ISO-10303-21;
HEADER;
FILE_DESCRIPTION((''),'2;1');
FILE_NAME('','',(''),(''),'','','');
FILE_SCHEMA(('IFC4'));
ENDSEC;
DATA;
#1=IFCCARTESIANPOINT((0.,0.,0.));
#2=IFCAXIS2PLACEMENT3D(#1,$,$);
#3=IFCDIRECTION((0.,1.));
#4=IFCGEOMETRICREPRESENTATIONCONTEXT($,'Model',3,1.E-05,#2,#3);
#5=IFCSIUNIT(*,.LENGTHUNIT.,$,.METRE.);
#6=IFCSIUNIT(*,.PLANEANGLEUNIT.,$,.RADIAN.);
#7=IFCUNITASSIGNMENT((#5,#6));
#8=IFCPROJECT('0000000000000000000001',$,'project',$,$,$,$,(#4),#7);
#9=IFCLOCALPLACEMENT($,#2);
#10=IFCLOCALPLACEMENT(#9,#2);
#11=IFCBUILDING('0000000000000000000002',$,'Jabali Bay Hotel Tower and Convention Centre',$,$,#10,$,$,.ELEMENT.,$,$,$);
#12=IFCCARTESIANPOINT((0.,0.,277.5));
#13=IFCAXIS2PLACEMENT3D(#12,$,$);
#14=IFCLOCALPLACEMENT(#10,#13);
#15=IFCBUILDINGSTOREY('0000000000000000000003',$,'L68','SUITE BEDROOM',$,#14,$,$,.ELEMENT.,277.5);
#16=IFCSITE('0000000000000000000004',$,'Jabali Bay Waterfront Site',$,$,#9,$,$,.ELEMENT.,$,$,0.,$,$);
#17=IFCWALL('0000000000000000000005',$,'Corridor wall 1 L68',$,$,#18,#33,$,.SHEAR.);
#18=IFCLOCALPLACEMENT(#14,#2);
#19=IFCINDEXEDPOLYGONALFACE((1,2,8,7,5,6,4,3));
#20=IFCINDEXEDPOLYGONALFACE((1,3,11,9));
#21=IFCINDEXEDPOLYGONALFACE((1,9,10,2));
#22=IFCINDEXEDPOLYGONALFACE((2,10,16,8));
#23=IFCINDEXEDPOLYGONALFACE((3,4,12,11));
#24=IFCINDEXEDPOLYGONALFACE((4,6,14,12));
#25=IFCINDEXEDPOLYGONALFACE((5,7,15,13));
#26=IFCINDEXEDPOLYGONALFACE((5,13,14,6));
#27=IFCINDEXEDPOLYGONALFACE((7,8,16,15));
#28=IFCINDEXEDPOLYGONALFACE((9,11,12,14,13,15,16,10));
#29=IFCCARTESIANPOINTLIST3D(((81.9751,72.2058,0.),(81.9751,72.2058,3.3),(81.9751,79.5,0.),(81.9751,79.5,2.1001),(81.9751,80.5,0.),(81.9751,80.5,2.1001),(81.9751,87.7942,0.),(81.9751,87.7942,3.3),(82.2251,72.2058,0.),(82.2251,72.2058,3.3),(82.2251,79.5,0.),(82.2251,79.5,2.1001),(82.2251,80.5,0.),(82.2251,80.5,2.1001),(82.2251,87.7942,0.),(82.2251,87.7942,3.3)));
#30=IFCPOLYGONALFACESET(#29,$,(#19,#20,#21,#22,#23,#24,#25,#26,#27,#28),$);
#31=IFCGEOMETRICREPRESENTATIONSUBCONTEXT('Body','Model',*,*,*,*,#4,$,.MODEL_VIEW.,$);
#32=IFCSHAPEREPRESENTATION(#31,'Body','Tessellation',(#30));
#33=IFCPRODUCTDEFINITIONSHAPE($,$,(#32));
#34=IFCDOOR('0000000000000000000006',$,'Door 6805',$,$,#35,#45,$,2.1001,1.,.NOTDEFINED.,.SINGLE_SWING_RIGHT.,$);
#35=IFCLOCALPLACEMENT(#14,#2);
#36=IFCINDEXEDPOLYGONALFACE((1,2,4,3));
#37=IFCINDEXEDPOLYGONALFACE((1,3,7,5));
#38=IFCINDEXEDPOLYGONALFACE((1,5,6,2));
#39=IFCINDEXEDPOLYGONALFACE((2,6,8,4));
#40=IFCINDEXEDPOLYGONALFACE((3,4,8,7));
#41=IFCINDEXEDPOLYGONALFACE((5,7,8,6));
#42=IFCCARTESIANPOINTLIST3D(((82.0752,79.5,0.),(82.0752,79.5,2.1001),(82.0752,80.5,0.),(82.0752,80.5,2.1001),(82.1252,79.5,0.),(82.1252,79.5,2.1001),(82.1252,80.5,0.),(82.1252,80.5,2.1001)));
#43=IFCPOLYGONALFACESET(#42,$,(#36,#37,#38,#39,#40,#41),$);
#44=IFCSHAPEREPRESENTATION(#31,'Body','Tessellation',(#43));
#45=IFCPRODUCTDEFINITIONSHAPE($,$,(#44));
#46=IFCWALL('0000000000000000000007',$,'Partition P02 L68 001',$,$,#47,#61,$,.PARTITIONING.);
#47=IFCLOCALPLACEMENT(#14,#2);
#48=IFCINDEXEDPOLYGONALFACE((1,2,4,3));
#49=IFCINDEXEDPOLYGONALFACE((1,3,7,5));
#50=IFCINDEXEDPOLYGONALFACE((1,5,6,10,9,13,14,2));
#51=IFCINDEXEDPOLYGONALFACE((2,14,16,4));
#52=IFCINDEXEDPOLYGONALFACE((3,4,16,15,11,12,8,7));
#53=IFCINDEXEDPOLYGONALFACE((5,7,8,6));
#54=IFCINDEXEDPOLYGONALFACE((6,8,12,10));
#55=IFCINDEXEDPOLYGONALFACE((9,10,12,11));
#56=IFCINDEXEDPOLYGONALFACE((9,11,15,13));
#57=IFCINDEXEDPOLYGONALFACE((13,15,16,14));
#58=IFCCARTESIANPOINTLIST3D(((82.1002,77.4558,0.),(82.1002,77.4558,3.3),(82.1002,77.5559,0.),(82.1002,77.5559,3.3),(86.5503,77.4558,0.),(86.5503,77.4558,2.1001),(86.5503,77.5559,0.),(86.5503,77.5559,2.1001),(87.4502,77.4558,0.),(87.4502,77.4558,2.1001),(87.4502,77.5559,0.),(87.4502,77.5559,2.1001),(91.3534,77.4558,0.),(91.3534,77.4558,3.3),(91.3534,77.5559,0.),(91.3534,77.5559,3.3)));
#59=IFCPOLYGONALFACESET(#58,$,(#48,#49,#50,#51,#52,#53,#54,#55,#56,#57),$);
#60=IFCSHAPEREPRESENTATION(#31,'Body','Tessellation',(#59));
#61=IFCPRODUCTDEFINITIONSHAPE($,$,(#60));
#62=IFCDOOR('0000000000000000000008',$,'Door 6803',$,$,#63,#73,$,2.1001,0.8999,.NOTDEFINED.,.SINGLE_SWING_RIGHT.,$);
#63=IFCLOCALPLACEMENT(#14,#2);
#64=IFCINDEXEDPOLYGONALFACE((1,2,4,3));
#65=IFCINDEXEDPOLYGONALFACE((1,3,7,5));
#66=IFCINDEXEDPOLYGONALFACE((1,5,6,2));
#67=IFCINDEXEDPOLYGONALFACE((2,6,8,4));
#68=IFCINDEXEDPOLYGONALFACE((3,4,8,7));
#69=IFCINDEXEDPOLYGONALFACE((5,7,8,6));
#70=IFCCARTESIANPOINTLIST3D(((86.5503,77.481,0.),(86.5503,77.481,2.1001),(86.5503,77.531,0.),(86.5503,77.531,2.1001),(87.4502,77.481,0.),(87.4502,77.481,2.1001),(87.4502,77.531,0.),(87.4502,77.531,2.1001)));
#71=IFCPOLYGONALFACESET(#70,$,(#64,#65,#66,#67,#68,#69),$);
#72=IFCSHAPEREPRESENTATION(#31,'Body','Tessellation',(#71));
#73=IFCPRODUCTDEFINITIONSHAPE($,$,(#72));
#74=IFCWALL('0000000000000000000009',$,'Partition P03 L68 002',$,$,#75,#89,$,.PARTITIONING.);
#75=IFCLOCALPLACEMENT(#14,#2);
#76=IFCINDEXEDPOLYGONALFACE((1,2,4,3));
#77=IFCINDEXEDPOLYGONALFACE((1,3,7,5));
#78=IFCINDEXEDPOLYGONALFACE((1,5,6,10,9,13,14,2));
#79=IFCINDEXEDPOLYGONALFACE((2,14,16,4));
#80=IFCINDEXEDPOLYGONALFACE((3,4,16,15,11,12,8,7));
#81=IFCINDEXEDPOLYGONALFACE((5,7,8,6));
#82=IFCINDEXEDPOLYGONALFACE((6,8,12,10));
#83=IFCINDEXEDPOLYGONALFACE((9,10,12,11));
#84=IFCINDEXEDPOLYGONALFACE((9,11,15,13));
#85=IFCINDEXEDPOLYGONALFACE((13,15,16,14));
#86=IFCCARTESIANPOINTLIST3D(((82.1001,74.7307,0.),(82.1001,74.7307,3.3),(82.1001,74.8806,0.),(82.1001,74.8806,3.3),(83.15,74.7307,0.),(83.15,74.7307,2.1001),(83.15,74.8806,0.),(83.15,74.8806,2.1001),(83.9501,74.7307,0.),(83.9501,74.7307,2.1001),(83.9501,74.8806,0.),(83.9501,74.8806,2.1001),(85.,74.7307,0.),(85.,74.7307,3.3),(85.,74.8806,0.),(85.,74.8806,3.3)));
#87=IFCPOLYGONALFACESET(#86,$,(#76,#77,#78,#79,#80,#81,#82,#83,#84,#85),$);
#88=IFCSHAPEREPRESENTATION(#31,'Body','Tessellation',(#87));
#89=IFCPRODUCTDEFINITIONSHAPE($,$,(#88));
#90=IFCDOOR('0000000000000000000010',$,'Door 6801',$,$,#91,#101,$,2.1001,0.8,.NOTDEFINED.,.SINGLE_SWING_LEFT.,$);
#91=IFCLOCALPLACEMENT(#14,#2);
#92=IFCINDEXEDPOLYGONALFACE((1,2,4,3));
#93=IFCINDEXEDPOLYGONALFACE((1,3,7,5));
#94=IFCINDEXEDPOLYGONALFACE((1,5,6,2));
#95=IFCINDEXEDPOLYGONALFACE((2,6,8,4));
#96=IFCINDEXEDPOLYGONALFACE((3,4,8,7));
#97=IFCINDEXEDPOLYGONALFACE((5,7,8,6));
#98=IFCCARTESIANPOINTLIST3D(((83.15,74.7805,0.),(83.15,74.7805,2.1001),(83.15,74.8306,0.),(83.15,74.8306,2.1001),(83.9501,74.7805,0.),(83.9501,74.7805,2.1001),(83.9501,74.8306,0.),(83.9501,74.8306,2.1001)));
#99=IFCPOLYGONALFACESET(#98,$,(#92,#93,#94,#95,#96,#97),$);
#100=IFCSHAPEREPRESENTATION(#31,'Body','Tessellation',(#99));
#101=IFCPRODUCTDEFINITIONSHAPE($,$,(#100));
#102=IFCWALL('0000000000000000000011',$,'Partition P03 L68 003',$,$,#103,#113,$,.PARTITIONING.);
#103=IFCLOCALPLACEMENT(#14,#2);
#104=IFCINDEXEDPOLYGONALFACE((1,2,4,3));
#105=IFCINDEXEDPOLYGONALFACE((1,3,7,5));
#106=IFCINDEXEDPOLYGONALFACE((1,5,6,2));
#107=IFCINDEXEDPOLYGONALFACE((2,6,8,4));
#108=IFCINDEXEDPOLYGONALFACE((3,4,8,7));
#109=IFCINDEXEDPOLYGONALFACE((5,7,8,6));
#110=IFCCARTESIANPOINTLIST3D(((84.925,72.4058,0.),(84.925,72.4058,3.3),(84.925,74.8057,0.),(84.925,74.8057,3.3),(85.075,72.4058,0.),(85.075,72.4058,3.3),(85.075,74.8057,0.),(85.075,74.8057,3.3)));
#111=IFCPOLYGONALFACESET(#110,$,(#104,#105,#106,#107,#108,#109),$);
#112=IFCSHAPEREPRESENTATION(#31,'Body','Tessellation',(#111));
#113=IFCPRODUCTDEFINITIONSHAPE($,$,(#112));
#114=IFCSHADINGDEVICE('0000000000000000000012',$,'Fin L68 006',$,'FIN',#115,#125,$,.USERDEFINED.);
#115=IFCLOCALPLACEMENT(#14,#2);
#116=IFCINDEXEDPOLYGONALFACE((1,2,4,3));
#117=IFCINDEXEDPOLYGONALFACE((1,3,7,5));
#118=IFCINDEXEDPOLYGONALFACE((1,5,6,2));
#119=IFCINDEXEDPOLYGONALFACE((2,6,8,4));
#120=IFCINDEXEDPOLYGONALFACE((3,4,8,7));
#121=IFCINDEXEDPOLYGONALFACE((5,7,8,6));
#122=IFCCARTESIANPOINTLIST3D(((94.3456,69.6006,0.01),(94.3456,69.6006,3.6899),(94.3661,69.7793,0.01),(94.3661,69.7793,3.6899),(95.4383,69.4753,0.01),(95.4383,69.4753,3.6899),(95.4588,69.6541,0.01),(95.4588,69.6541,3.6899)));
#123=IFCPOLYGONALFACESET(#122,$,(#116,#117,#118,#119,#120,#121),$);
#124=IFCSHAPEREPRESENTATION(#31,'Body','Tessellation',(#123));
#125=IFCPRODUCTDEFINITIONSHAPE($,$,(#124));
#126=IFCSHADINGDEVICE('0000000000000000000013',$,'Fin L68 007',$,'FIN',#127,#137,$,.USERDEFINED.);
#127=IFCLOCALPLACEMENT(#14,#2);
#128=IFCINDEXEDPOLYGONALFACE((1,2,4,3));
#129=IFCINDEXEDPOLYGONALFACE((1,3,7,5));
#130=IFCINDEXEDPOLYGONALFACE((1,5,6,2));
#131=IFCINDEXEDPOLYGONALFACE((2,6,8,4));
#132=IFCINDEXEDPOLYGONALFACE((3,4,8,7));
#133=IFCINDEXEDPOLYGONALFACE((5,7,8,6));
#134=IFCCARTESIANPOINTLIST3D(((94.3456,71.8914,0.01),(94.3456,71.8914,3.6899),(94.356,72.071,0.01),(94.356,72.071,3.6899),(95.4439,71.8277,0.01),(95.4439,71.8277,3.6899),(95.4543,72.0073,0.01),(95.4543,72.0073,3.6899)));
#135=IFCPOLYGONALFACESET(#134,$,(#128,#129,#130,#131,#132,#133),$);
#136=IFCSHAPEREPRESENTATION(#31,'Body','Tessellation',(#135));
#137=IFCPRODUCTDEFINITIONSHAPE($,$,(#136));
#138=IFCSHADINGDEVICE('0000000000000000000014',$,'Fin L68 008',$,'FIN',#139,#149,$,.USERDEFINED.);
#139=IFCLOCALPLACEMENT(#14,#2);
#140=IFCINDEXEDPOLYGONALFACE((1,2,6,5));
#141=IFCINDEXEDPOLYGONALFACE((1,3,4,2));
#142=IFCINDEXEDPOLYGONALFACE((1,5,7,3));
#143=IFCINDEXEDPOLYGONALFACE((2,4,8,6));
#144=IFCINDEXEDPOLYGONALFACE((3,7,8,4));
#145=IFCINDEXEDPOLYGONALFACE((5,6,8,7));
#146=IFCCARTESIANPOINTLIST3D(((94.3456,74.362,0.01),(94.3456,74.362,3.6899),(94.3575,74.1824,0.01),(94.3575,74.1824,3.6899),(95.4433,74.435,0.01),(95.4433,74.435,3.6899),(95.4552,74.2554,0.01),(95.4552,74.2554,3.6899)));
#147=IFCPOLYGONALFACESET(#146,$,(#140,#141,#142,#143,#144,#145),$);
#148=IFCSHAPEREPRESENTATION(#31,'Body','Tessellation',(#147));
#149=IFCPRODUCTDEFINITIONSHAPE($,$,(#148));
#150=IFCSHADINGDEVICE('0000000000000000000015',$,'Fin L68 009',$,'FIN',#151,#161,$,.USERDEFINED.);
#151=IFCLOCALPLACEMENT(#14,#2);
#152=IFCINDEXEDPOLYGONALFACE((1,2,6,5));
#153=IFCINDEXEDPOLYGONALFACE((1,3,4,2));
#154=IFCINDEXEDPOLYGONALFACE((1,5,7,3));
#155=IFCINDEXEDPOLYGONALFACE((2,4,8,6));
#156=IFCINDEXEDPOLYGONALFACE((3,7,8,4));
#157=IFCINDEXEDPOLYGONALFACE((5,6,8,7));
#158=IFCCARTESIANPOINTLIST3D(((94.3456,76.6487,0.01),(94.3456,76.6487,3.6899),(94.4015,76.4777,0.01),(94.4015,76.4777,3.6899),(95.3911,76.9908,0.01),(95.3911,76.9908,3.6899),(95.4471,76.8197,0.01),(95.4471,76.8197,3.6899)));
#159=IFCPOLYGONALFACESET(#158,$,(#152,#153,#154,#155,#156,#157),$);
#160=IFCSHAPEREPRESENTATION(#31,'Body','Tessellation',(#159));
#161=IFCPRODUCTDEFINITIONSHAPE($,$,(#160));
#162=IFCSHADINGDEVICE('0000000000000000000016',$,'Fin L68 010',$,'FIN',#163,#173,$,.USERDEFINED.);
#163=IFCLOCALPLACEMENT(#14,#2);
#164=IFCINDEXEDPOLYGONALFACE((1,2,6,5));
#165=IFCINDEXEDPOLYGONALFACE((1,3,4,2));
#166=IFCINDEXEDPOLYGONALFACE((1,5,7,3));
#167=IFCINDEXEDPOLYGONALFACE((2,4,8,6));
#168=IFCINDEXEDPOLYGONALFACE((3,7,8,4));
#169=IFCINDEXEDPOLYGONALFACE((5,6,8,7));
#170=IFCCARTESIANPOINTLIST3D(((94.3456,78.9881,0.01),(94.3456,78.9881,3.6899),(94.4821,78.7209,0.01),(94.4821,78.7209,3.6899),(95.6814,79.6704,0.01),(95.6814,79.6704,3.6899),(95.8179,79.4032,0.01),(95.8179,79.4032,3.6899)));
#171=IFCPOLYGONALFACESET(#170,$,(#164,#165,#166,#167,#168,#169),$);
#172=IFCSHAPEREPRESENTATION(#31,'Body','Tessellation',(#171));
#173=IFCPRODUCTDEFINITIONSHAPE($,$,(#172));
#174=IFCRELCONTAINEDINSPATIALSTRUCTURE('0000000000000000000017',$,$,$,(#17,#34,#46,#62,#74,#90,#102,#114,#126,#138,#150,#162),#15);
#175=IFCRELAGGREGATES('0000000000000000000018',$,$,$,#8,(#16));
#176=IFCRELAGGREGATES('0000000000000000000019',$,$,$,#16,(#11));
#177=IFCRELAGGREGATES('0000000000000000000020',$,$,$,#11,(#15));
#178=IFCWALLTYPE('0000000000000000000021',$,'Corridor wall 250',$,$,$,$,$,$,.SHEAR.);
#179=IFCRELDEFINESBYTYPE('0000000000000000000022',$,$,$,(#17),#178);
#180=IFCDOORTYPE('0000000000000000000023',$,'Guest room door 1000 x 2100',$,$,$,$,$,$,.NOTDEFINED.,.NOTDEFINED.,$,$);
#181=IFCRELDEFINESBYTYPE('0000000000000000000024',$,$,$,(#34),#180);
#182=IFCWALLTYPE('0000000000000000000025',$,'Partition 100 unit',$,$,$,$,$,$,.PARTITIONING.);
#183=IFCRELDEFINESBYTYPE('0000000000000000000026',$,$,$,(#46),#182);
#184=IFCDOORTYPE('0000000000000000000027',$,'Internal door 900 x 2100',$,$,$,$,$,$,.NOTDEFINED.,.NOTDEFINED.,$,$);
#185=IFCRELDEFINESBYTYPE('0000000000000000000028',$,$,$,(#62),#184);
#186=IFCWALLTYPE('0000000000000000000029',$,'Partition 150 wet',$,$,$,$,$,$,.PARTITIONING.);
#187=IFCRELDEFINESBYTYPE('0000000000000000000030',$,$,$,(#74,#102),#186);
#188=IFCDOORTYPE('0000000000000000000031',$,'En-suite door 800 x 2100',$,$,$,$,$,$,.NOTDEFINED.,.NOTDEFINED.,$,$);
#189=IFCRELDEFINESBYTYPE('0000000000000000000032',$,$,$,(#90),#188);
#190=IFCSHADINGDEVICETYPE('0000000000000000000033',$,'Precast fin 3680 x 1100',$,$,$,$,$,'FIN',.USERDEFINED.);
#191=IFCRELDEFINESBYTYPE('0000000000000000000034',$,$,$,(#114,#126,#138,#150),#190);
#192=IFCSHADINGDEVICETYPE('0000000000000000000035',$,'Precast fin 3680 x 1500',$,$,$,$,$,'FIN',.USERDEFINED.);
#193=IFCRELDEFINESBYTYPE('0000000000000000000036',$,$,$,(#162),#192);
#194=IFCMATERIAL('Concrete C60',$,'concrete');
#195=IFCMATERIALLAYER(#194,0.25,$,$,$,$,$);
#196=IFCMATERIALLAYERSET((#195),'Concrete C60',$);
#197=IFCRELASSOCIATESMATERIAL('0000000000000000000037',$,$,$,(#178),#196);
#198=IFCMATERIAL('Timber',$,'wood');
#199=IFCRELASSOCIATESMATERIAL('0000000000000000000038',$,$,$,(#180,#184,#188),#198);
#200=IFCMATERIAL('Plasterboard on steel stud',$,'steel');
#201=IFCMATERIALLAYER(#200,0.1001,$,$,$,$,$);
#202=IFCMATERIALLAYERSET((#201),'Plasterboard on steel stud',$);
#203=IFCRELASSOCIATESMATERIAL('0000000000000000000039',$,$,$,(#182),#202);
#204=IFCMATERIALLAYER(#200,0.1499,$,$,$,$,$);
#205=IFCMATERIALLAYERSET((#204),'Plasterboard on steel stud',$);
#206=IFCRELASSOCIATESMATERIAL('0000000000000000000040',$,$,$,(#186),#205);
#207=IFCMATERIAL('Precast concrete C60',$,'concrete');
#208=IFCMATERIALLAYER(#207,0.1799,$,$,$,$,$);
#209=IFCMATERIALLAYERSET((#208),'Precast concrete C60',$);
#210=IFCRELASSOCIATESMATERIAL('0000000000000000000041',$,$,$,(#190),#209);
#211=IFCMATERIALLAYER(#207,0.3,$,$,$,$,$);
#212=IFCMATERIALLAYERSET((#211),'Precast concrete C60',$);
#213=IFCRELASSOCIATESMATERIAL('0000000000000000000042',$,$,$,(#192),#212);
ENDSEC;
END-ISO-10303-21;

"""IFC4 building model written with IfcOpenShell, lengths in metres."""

from ifc_helpers import new_model, si_unit, direction, frame, frame_2d, origin, place, context, subcontext, project, spatial, rectangle, extrude, material, layer, layer_set, type_object, element, fill, save


model = new_model("IFC4")

# Units and contexts
model_context = context("Model", 3, precision=1e-05, world=origin(), true_north=direction((0.0, 1.0)))
body_context = subcontext(model_context, "Body", "Model", "MODEL_VIEW")
ifc_project = project(units=[si_unit("LENGTHUNIT", "METRE"), si_unit("PLANEANGLEUNIT", "RADIAN")], contexts=[model_context])

# Site, building, storey
site_placement = place(None, origin())
site = spatial("IfcSite", under=ifc_project, at=site_placement, Name="Jabali Bay Waterfront Site", CompositionType="ELEMENT", RefElevation=0.0)
building_placement = place(site_placement, origin())
building = spatial("IfcBuilding", under=site, at=building_placement, Name="Jabali Bay Hotel Tower and Convention Centre", CompositionType="ELEMENT")
storey_placement = place(building_placement, frame((0.0, 0.0, 277.5)))
storey = spatial("IfcBuildingStorey", under=building, at=storey_placement, Name="L68", Description="SUITE BEDROOM", CompositionType="ELEMENT", Elevation=277.5)

# Shared definitions
ifc_material_1 = material(Name="Concrete C60", Category="concrete")

# Walls, openings, doors
ifc_layer_1 = layer(ifc_material_1, 0.25)
ifc_layer_set_1 = layer_set([ifc_layer_1], Name="Concrete C60")
wall_type_1 = type_object("IfcWallType", Name="Corridor wall 250", PredefinedType="SHEAR", material=ifc_layer_set_1)
wall_1_placement = place(storey_placement, frame((82.1001, 72.2058, 0.0), z_axis=(0.0, 0.0, 1.0), x_axis=(0.0, 1.0, 0.0)))
wall_1 = element("IfcWall", 1, at=wall_1_placement, inside=storey, type_object=wall_type_1, Name="Corridor wall 1 L68", PredefinedType="SHEAR", context=body_context, shape_type="SweptSolid", body=[
    extrude(rectangle(XDim=15.5884, YDim=0.25, at=frame_2d((7.7942, 0.0))), origin(), (0.0, 0.0, 1.0), 3.3),
])
opening_1_placement = place(wall_1_placement, frame((7.2942, 0.0, 0.0)))
opening_1 = element("IfcOpeningElement", 2, at=opening_1_placement, cuts=wall_1, PredefinedType="OPENING", context=body_context, shape_type="SweptSolid", body=[
    extrude(rectangle(XDim=1.0, YDim=2.1001, at=frame_2d((0.5, 1.05))), frame((0.0, 0.1355, 0.0), z_axis=(0.0, -1.0, 0.0), x_axis=(1.0, 0.0, 0.0)), (0.0, 0.0, 1.0), 0.271),
])
ifc_material_2 = material(Name="Timber", Category="wood")
door_type_1 = type_object("IfcDoorType", Name="Guest room door 1000 x 2100", OperationType="NOTDEFINED", PredefinedType="NOTDEFINED", material=ifc_material_2)
door_1_placement = place(opening_1_placement, origin())
door_1 = element("IfcDoor", 3, at=door_1_placement, inside=storey, type_object=door_type_1, Name="Door 6805", OperationType="SINGLE_SWING_RIGHT", OverallHeight=2.1001, OverallWidth=1.0, PredefinedType="NOTDEFINED", context=body_context, shape_type="SweptSolid", body=[
    extrude(rectangle(XDim=1.0, YDim=2.1001, at=frame_2d((0.5, 1.05))), frame((0.0, 0.0249, 0.0), z_axis=(0.0, -1.0, 0.0), x_axis=(1.0, 0.0, 0.0)), (0.0, 0.0, 1.0), 0.05),
])
fill(opening_1, door_1)
ifc_material_3 = material(Name="Plasterboard on steel stud", Category="steel")
ifc_layer_2 = layer(ifc_material_3, 0.1001)
ifc_layer_set_2 = layer_set([ifc_layer_2], Name="Plasterboard on steel stud")
wall_type_2 = type_object("IfcWallType", Name="Partition 100 unit", PredefinedType="PARTITIONING", material=ifc_layer_set_2)
wall_2_placement = place(storey_placement, frame((91.3533, 77.5059, 0.0), z_axis=(0.0, 0.0, 1.0), x_axis=(-1.0, 0.0, 0.0)))
wall_2 = element("IfcWall", 4, at=wall_2_placement, inside=storey, type_object=wall_type_2, Name="Partition P02 L68 001", PredefinedType="PARTITIONING", context=body_context, shape_type="SweptSolid", body=[
    extrude(rectangle(XDim=9.2532, YDim=0.1001, at=frame_2d((4.6265, 0.0))), origin(), (0.0, 0.0, 1.0), 3.3),
])
opening_2_placement = place(wall_2_placement, frame((3.9031, 0.0, 0.0)))
opening_2 = element("IfcOpeningElement", 5, at=opening_2_placement, cuts=wall_2, PredefinedType="OPENING", context=body_context, shape_type="SweptSolid", body=[
    extrude(rectangle(XDim=0.8999, YDim=2.1001, at=frame_2d((0.45, 1.05))), frame((0.0, 0.0605, 0.0), z_axis=(0.0, -1.0, 0.0), x_axis=(1.0, 0.0, 0.0)), (0.0, 0.0, 1.0), 0.1211),
])
door_type_2 = type_object("IfcDoorType", Name="Internal door 900 x 2100", OperationType="NOTDEFINED", PredefinedType="NOTDEFINED", material=ifc_material_2)
door_2_placement = place(opening_2_placement, origin())
door_2 = element("IfcDoor", 6, at=door_2_placement, inside=storey, type_object=door_type_2, Name="Door 6803", OperationType="SINGLE_SWING_RIGHT", OverallHeight=2.1001, OverallWidth=0.8999, PredefinedType="NOTDEFINED", context=body_context, shape_type="SweptSolid", body=[
    extrude(rectangle(XDim=0.8999, YDim=2.1001, at=frame_2d((0.45, 1.05))), frame((0.0, 0.0249, 0.0), z_axis=(0.0, -1.0, 0.0), x_axis=(1.0, 0.0, 0.0)), (0.0, 0.0, 1.0), 0.05),
])
fill(opening_2, door_2)
ifc_layer_3 = layer(ifc_material_3, 0.1499)
ifc_layer_set_3 = layer_set([ifc_layer_3], Name="Plasterboard on steel stud")
wall_type_3 = type_object("IfcWallType", Name="Partition 150 wet", PredefinedType="PARTITIONING", material=ifc_layer_set_3)
wall_3_placement = place(storey_placement, frame((82.1001, 74.8057, 0.0), z_axis=(0.0, 0.0, 1.0), x_axis=(1.0, 0.0, 0.0)))
wall_3 = element("IfcWall", 7, at=wall_3_placement, inside=storey, type_object=wall_type_3, Name="Partition P03 L68 002", PredefinedType="PARTITIONING", context=body_context, shape_type="SweptSolid", body=[
    extrude(rectangle(XDim=2.8999, YDim=0.1499, at=frame_2d((1.45, 0.0))), origin(), (0.0, 0.0, 1.0), 3.3),
])
opening_3_placement = place(wall_3_placement, frame((1.05, 0.0, 0.0)))
opening_3 = element("IfcOpeningElement", 8, at=opening_3_placement, cuts=wall_3, PredefinedType="OPENING", context=body_context, shape_type="SweptSolid", body=[
    extrude(rectangle(XDim=0.8, YDim=2.1001, at=frame_2d((0.3999, 1.05))), frame((0.0, 0.0854, 0.0), z_axis=(0.0, -1.0, 0.0), x_axis=(1.0, 0.0, 0.0)), (0.0, 0.0, 1.0), 0.1709),
])
door_type_3 = type_object("IfcDoorType", Name="En-suite door 800 x 2100", OperationType="NOTDEFINED", PredefinedType="NOTDEFINED", material=ifc_material_2)
door_3_placement = place(opening_3_placement, origin())
door_3 = element("IfcDoor", 9, at=door_3_placement, inside=storey, type_object=door_type_3, Name="Door 6801", OperationType="SINGLE_SWING_LEFT", OverallHeight=2.1001, OverallWidth=0.8, PredefinedType="NOTDEFINED", context=body_context, shape_type="SweptSolid", body=[
    extrude(rectangle(XDim=0.8, YDim=2.1001, at=frame_2d((0.3999, 1.05))), frame((0.0, 0.0249, 0.0), z_axis=(0.0, -1.0, 0.0), x_axis=(1.0, 0.0, 0.0)), (0.0, 0.0, 1.0), 0.05),
])
fill(opening_3, door_3)

# Wall
wall_4_placement = place(storey_placement, frame((85.0, 74.8057, 0.0), z_axis=(0.0, 0.0, 1.0), x_axis=(0.0, -1.0, 0.0)))
element("IfcWall", 10, at=wall_4_placement, inside=storey, type_object=wall_type_3, Name="Partition P03 L68 003", PredefinedType="PARTITIONING", context=body_context, shape_type="SweptSolid", body=[
    extrude(rectangle(XDim=2.3999, YDim=0.1499, at=frame_2d((1.2, 0.0))), origin(), (0.0, 0.0, 1.0), 3.3),
])

# Shading devices
ifc_material_4 = material(Name="Precast concrete C60", Category="concrete")
ifc_layer_4 = layer(ifc_material_4, 0.1799)
ifc_layer_set_4 = layer_set([ifc_layer_4], Name="Precast concrete C60")
shading_device_type_1 = type_object("IfcShadingDeviceType", Name="Precast fin 3680 x 1100", ElementType="FIN", PredefinedType="USERDEFINED", material=ifc_layer_set_4)
shading_device_1_placement = place(storey_placement, frame((94.356, 69.6899, 0.01), z_axis=(0.0, 0.0, 1.0), x_axis=(0.993496, -0.113866, 0.0)))
element("IfcShadingDevice", 11, at=shading_device_1_placement, inside=storey, type_object=shading_device_type_1, Name="Fin L68 006", ObjectType="FIN", PredefinedType="USERDEFINED", context=body_context, shape_type="SweptSolid", body=[
    extrude(rectangle(XDim=1.0999, YDim=0.1799, at=frame_2d((0.5498, 0.0))), origin(), (0.0, 0.0, 1.0), 3.6799),
])
for number, where, z_axis, x_axis, name in (
    (12, (94.3508, 71.9812, 0.01), (0.0, 0.0, 1.0), (0.998321, -0.057928, 0.0), "Fin L68 007"),
    (13, (94.3516, 74.2722, 0.01), (0.0, 0.0, 1.0), (0.997796, 0.066357, 0.0), "Fin L68 008"),
    (14, (94.3735, 76.5632, 0.01), (0.0, 0.0, 1.0), (0.950444, 0.310897, 0.0), "Fin L68 009"),
):
    element("IfcShadingDevice", number, at=place(storey_placement, frame(where, z_axis=z_axis, x_axis=x_axis)), inside=storey, type_object=shading_device_type_1, Name=name, ObjectType="FIN", PredefinedType="USERDEFINED", context=body_context, shape_type="SweptSolid", body=[
        extrude(rectangle(XDim=1.1001, YDim=0.1799, at=frame_2d((0.55, 0.0))), origin(), (0.0, 0.0, 1.0), 3.6799),
    ])
ifc_layer_5 = layer(ifc_material_4, 0.3)
ifc_layer_set_5 = layer_set([ifc_layer_5], Name="Precast concrete C60")
shading_device_type_2 = type_object("IfcShadingDeviceType", Name="Precast fin 3680 x 1500", ElementType="FIN", PredefinedType="USERDEFINED", material=ifc_layer_set_5)
shading_device_2_placement = place(storey_placement, frame((94.4138, 78.8545, 0.01), z_axis=(0.0, 0.0, 1.0), x_axis=(0.890553, 0.454879, 0.0)))
element("IfcShadingDevice", 15, at=shading_device_2_placement, inside=storey, type_object=shading_device_type_2, Name="Fin L68 010", ObjectType="FIN", PredefinedType="USERDEFINED", context=body_context, shape_type="SweptSolid", body=[
    extrude(rectangle(XDim=1.5, YDim=0.3, at=frame_2d((0.75, 0.0))), origin(), (0.0, 0.0, 1.0), 3.6799),
])

save(model, "model.ifc")
